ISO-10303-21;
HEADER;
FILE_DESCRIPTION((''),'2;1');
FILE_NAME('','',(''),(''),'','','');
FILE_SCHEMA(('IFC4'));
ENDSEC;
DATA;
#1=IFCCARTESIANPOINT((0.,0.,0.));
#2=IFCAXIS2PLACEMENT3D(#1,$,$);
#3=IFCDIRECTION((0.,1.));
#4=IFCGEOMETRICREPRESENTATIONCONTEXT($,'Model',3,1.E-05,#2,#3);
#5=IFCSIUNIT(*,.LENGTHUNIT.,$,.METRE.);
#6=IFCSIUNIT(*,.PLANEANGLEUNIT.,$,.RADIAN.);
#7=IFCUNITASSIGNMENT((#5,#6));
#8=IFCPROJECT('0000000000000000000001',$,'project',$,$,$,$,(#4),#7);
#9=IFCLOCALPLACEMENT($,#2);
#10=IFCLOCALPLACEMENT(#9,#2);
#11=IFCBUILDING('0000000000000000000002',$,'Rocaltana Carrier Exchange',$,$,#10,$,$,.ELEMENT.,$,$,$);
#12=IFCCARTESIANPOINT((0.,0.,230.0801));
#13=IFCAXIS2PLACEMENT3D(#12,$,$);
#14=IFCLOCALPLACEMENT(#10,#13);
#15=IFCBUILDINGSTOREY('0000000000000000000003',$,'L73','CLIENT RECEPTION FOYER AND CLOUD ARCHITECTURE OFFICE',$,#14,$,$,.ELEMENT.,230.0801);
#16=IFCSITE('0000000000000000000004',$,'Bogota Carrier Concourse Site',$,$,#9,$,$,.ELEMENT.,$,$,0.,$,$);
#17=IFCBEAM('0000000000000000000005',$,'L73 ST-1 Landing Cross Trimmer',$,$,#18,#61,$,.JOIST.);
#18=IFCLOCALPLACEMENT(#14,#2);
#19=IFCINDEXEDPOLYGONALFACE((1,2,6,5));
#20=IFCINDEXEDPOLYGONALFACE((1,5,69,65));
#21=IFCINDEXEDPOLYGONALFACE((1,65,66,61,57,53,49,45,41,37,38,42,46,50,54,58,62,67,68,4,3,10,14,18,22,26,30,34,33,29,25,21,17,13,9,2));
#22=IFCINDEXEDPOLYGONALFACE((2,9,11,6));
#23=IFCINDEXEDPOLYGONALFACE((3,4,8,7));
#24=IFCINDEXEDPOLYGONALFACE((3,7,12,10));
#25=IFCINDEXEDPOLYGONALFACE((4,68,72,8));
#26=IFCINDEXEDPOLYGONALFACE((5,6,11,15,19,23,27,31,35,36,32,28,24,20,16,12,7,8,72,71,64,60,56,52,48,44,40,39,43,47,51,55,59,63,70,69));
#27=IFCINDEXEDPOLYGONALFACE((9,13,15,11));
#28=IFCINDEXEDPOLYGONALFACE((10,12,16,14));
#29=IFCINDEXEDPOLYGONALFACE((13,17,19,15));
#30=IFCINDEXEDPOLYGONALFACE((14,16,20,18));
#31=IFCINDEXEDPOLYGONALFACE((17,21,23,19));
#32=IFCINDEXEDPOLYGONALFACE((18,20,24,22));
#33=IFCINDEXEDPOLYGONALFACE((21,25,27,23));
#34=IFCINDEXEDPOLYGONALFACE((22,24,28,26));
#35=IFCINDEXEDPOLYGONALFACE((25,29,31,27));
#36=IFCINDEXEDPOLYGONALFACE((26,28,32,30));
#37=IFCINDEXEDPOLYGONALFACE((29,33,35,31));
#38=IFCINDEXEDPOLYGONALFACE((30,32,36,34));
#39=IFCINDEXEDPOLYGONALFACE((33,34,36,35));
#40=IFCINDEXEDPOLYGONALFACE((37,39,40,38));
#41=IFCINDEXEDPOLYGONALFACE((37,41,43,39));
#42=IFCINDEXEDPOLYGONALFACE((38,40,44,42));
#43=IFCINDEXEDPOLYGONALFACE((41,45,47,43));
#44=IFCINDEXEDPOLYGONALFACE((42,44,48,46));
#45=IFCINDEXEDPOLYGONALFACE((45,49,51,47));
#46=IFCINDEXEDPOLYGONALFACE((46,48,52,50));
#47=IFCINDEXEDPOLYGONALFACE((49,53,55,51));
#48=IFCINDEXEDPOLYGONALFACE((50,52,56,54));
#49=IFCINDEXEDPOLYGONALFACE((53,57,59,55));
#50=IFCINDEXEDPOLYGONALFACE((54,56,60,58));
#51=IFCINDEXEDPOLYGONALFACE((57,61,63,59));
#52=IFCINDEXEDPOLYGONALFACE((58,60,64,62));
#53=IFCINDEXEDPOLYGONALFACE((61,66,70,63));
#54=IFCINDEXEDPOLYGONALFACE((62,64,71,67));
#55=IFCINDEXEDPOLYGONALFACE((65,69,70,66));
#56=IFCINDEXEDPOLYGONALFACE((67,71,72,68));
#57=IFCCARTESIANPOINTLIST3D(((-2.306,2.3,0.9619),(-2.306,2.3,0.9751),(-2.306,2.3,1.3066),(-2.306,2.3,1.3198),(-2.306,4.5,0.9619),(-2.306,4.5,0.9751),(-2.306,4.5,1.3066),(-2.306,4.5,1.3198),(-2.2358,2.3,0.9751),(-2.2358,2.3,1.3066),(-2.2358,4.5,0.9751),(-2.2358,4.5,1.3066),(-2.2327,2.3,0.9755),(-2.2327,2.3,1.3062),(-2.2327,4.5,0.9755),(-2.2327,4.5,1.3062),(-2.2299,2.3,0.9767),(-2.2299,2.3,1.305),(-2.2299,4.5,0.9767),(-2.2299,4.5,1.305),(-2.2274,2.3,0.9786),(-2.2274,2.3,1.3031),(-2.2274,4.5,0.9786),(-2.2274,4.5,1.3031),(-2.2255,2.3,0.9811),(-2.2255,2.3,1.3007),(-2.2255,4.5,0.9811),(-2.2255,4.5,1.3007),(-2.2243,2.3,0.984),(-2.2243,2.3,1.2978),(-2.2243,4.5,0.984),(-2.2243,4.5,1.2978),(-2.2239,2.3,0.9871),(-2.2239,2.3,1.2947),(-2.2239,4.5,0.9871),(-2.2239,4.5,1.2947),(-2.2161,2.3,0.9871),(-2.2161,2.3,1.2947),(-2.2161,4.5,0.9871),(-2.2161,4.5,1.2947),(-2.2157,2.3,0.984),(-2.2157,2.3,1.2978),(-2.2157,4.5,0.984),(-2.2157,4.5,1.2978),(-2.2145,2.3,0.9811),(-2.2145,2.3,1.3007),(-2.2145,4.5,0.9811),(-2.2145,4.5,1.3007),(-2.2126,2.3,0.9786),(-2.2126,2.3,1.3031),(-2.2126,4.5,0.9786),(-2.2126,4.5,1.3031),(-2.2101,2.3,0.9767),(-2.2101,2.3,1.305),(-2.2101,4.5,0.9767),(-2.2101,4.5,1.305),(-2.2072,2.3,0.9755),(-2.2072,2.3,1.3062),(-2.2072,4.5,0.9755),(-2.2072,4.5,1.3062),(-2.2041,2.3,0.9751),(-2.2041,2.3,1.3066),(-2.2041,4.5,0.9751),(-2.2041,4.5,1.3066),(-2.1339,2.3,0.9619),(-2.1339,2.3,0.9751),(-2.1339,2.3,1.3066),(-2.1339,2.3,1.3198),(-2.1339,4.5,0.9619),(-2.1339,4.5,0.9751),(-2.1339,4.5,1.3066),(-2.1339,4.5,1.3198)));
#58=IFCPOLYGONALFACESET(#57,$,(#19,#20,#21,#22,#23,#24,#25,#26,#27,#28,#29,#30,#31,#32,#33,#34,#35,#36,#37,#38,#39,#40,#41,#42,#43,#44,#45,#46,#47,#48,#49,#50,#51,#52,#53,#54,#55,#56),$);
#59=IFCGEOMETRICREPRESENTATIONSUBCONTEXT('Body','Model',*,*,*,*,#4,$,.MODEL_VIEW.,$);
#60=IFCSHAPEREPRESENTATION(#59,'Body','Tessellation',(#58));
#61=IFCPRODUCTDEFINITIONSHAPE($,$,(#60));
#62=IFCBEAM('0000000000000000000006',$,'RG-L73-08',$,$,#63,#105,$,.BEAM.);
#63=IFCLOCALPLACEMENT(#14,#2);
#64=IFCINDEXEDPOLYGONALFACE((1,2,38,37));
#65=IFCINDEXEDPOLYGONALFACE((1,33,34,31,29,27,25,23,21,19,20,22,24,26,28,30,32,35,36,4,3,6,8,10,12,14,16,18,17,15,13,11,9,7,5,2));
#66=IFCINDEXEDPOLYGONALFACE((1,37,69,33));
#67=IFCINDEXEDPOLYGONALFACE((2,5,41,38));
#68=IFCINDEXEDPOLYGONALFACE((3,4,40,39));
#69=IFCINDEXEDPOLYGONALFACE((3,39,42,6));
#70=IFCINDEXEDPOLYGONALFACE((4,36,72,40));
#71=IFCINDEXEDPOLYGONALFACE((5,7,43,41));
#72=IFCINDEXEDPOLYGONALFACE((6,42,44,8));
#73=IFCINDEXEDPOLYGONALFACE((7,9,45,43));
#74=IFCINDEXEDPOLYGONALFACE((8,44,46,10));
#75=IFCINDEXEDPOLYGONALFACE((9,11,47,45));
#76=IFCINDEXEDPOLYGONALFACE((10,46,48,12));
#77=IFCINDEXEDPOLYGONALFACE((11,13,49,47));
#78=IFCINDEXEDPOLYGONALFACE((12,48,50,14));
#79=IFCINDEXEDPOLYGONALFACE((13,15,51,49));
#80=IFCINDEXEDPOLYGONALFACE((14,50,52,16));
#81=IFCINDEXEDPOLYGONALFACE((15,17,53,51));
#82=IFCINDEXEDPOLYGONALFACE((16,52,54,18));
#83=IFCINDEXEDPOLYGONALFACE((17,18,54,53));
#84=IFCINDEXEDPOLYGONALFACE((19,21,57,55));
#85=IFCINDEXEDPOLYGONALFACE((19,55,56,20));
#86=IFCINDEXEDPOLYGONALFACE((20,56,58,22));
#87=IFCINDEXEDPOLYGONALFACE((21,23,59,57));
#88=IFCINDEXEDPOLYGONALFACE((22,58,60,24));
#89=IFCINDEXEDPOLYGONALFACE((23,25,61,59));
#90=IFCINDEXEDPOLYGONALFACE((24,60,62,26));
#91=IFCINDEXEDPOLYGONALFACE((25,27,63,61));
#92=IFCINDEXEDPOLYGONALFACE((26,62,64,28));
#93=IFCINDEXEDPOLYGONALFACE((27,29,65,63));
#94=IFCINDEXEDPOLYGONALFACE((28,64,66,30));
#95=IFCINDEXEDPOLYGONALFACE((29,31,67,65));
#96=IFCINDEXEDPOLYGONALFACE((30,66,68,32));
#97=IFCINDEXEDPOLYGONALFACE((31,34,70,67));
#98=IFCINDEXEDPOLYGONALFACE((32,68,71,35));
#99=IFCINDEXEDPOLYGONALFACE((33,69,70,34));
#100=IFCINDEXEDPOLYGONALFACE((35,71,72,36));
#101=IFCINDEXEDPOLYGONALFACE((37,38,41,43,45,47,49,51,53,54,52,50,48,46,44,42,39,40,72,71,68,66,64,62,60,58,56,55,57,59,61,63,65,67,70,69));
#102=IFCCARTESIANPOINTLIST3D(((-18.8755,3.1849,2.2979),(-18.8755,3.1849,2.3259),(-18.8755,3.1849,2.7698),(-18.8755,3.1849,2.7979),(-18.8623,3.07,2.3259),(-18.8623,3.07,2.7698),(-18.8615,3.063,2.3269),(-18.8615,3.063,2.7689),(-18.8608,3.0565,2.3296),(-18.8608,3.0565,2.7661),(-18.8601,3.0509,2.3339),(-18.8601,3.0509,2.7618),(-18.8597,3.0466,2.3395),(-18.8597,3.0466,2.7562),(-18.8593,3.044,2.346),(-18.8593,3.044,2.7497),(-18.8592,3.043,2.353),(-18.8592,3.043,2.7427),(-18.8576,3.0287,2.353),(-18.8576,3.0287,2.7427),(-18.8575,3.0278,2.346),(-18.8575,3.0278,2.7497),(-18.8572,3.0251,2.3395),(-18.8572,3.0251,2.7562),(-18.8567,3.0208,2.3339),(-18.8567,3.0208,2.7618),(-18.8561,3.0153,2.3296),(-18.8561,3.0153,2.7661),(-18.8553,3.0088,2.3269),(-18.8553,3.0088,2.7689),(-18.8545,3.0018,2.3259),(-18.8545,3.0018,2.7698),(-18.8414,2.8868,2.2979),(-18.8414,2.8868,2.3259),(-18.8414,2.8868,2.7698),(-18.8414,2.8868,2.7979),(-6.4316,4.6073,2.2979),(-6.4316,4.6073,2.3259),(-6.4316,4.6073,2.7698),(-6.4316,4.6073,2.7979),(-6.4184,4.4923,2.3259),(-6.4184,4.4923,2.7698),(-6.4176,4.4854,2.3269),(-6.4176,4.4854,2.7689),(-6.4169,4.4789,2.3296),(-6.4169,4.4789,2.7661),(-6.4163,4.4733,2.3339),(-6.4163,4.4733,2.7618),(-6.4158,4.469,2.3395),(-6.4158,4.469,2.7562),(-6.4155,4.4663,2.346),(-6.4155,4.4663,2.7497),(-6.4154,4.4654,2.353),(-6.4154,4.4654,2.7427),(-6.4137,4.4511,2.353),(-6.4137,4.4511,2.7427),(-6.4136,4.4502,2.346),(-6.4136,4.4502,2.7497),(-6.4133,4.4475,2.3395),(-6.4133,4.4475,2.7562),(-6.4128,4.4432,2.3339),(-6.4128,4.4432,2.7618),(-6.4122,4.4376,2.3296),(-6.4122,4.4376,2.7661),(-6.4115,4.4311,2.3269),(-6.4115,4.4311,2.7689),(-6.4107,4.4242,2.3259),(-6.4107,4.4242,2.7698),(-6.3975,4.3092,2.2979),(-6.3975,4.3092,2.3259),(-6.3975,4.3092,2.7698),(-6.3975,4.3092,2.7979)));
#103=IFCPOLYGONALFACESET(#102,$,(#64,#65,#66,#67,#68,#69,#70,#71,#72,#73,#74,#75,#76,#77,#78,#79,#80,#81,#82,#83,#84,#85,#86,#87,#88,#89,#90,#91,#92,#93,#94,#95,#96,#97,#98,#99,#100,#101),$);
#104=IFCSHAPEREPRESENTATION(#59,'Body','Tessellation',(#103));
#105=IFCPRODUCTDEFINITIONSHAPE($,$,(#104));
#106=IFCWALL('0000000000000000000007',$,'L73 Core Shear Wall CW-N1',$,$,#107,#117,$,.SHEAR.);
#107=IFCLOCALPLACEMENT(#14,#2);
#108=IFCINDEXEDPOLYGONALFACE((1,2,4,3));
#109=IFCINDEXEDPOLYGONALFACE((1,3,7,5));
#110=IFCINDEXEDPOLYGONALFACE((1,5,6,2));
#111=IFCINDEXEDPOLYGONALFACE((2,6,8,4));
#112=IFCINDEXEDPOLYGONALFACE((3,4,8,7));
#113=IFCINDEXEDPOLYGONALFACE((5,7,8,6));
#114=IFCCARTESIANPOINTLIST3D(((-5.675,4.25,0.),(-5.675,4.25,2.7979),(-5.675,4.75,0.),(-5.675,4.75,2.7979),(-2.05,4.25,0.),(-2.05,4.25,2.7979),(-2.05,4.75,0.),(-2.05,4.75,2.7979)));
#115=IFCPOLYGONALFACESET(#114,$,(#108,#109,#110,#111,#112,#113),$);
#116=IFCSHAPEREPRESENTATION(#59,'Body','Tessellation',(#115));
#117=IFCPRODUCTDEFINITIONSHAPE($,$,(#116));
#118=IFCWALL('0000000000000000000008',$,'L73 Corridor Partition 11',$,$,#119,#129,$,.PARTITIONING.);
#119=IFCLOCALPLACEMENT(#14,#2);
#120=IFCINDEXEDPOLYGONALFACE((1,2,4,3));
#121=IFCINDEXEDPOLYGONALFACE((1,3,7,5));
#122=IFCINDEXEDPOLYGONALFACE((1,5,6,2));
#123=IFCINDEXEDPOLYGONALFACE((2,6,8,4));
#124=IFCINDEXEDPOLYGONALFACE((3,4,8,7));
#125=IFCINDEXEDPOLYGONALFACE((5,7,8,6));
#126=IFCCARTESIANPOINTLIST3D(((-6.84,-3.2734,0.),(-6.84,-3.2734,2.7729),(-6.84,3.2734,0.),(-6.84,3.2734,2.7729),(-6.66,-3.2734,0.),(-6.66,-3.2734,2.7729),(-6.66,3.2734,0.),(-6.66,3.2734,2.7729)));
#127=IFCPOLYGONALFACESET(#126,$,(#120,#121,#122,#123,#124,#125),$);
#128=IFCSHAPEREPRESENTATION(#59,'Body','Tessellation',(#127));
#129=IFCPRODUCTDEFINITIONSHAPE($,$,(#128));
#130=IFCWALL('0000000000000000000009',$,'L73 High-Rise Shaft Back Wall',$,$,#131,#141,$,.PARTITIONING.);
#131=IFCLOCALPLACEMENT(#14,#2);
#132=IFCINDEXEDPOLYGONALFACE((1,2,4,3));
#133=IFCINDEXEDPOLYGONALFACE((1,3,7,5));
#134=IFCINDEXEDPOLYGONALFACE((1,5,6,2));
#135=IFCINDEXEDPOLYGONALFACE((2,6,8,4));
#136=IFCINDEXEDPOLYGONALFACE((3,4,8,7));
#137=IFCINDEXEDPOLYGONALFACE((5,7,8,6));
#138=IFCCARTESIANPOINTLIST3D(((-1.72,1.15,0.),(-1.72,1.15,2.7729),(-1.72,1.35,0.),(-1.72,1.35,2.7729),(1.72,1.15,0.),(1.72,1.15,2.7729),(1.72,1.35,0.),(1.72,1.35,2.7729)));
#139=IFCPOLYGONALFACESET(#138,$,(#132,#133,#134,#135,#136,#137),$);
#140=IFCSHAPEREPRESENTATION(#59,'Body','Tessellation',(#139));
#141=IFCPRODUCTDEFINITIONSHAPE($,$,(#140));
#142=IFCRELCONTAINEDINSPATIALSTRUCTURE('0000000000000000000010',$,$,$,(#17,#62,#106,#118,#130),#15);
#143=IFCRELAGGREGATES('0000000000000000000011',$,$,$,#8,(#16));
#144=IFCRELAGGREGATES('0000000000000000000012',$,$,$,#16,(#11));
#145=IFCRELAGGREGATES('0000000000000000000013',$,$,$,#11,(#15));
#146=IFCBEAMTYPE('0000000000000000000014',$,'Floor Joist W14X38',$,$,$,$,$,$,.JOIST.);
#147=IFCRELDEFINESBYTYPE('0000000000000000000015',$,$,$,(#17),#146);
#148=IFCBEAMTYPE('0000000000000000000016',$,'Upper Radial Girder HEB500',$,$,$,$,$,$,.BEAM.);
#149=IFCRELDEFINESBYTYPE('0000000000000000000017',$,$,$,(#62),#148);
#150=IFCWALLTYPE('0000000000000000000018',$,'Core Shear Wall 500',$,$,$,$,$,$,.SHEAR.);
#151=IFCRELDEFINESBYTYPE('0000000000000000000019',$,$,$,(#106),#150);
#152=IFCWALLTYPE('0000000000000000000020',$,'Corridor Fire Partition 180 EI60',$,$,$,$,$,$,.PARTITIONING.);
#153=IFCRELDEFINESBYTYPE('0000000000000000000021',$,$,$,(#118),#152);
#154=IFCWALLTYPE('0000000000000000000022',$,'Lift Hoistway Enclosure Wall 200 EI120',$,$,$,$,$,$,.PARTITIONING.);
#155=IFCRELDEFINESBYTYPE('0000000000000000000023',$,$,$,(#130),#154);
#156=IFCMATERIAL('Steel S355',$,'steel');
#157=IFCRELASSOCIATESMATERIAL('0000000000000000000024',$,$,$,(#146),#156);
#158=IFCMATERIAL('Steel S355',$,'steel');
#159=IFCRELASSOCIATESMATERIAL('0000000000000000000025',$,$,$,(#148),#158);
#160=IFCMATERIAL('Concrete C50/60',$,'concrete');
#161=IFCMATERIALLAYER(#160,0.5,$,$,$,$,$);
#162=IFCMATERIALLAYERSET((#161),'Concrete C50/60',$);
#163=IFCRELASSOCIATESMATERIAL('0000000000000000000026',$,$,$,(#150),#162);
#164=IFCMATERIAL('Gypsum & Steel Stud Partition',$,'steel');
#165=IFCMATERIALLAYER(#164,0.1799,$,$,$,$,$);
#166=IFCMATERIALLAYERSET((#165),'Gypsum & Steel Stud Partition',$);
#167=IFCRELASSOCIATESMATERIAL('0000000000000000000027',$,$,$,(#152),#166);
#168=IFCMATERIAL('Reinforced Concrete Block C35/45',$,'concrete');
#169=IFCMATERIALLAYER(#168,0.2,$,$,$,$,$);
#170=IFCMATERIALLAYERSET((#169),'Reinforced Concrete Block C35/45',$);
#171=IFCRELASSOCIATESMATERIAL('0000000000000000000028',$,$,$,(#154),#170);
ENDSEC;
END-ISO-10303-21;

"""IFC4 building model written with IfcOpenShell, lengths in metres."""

from ifc_helpers import new_model, si_unit, direction, frame, frame_2d, origin, origin_2d, place, context, subcontext, project, spatial, rectangle, i_section, extrude, material, layer, layer_set, material_profile, profile_set, type_object, element, save


model = new_model("IFC4")

# Units and contexts
model_context = context("Model", 3, precision=1e-05, world=origin(), true_north=direction((0.0, 1.0)))
body_context = subcontext(model_context, "Body", "Model", "MODEL_VIEW")
ifc_project = project(units=[si_unit("LENGTHUNIT", "METRE"), si_unit("PLANEANGLEUNIT", "RADIAN")], contexts=[model_context])

# Site, building, storey
site_placement = place(None, origin())
site = spatial("IfcSite", under=ifc_project, at=site_placement, Name="Bogota Carrier Concourse Site", CompositionType="ELEMENT", RefElevation=0.0)
building_placement = place(site_placement, origin())
building = spatial("IfcBuilding", under=site, at=building_placement, Name="Rocaltana Carrier Exchange", CompositionType="ELEMENT")
storey_placement = place(building_placement, frame((0.0, 0.0, 230.0801)))
storey = spatial("IfcBuildingStorey", under=building, at=storey_placement, Name="L73", Description="CLIENT RECEPTION FOYER AND CLOUD ARCHITECTURE OFFICE", CompositionType="ELEMENT", Elevation=230.0801)

# Beams
ifc_material_1 = material(Name="Steel S355", Category="steel")
ifc_material_profile_1 = material_profile(ifc_material_1, i_section(OverallWidth=0.1721, OverallDepth=0.3579, WebThickness=0.0078, FlangeThickness=0.0132, FilletRadius=0.012, at=origin_2d()), Name="W14X38")
ifc_profile_set_1 = profile_set([ifc_material_profile_1], Name="Steel S355")
beam_type_1 = type_object("IfcBeamType", Name="Floor Joist W14X38", PredefinedType="JOIST", material=ifc_profile_set_1)
beam_1_placement = place(storey_placement, frame((-2.22, 2.3, 1.1409), z_axis=(0.0, 1.0, 0.0), x_axis=(-1.0, 0.0, 0.0)))
element("IfcBeam", 1, at=beam_1_placement, inside=storey, type_object=beam_type_1, Name="L73 ST-1 Landing Cross Trimmer", PredefinedType="JOIST", context=body_context, shape_type="SweptSolid", body=[
    extrude(i_section(OverallWidth=0.1721, OverallDepth=0.3579, WebThickness=0.0078, FlangeThickness=0.0132, FilletRadius=0.012, at=origin_2d()), origin(), (0.0, 0.0, 1.0), 2.2),
])
ifc_material_2 = material(Name="Steel S355", Category="steel")
ifc_material_profile_2 = material_profile(ifc_material_2, i_section(OverallWidth=0.3, OverallDepth=0.5, WebThickness=0.0144, FlangeThickness=0.0281, FilletRadius=0.0271, at=origin_2d()), Name="HEB500")
ifc_profile_set_2 = profile_set([ifc_material_profile_2], Name="Steel S355")
beam_type_2 = type_object("IfcBeamType", Name="Upper Radial Girder HEB500", PredefinedType="BEAM", material=ifc_profile_set_2)
beam_2_placement = place(storey_placement, frame((-6.4146, 4.4583, 2.5479), z_axis=(-0.993531, -0.113563, 0.0), x_axis=(0.113563, -0.993531, 0.0)))
element("IfcBeam", 2, at=beam_2_placement, inside=storey, type_object=beam_type_2, Name="RG-L73-08", PredefinedType="BEAM", context=body_context, shape_type="SweptSolid", body=[
    extrude(i_section(OverallWidth=0.3, OverallDepth=0.5, WebThickness=0.0144, FlangeThickness=0.0281, FilletRadius=0.0271, at=origin_2d()), origin(), (0.0, 0.0, 1.0), 12.5249),
])

# Walls
ifc_material_3 = material(Name="Concrete C50/60", Category="concrete")
ifc_layer_1 = layer(ifc_material_3, 0.5)
ifc_layer_set_1 = layer_set([ifc_layer_1], Name="Concrete C50/60")
wall_type_1 = type_object("IfcWallType", Name="Core Shear Wall 500", PredefinedType="SHEAR", material=ifc_layer_set_1)
wall_1_placement = place(storey_placement, frame((-5.675, 4.5, 0.0), z_axis=(0.0, 0.0, 1.0), x_axis=(1.0, 0.0, 0.0)))
element("IfcWall", 3, at=wall_1_placement, inside=storey, type_object=wall_type_1, Name="L73 Core Shear Wall CW-N1", PredefinedType="SHEAR", context=body_context, shape_type="SweptSolid", body=[
    extrude(rectangle(XDim=3.625, YDim=0.5, at=frame_2d((1.8125, 0.0))), origin(), (0.0, 0.0, 1.0), 2.7979),
])
ifc_material_4 = material(Name="Gypsum & Steel Stud Partition", Category="steel")
ifc_layer_2 = layer(ifc_material_4, 0.1799)
ifc_layer_set_2 = layer_set([ifc_layer_2], Name="Gypsum & Steel Stud Partition")
wall_type_2 = type_object("IfcWallType", Name="Corridor Fire Partition 180 EI60", PredefinedType="PARTITIONING", material=ifc_layer_set_2)
wall_2_placement = place(storey_placement, frame((-6.75, 3.2734, 0.0), z_axis=(0.0, 0.0, 1.0), x_axis=(0.0, -1.0, 0.0)))
element("IfcWall", 4, at=wall_2_placement, inside=storey, type_object=wall_type_2, Name="L73 Corridor Partition 11", PredefinedType="PARTITIONING", context=body_context, shape_type="SweptSolid", body=[
    extrude(rectangle(XDim=6.5469, YDim=0.1799, at=frame_2d((3.2734, 0.0))), origin(), (0.0, 0.0, 1.0), 2.7729),
])
ifc_material_5 = material(Name="Reinforced Concrete Block C35/45", Category="concrete")
ifc_layer_3 = layer(ifc_material_5, 0.2)
ifc_layer_set_3 = layer_set([ifc_layer_3], Name="Reinforced Concrete Block C35/45")
wall_type_3 = type_object("IfcWallType", Name="Lift Hoistway Enclosure Wall 200 EI120", PredefinedType="PARTITIONING", material=ifc_layer_set_3)
wall_3_placement = place(storey_placement, frame((-1.72, 1.25, 0.0), z_axis=(0.0, 0.0, 1.0), x_axis=(1.0, 0.0, 0.0)))
element("IfcWall", 5, at=wall_3_placement, inside=storey, type_object=wall_type_3, Name="L73 High-Rise Shaft Back Wall", PredefinedType="PARTITIONING", context=body_context, shape_type="SweptSolid", body=[
    extrude(rectangle(XDim=3.4399, YDim=0.2, at=frame_2d((1.72, 0.0))), origin(), (0.0, 0.0, 1.0), 2.7729),
])

save(model, "model.ifc")
